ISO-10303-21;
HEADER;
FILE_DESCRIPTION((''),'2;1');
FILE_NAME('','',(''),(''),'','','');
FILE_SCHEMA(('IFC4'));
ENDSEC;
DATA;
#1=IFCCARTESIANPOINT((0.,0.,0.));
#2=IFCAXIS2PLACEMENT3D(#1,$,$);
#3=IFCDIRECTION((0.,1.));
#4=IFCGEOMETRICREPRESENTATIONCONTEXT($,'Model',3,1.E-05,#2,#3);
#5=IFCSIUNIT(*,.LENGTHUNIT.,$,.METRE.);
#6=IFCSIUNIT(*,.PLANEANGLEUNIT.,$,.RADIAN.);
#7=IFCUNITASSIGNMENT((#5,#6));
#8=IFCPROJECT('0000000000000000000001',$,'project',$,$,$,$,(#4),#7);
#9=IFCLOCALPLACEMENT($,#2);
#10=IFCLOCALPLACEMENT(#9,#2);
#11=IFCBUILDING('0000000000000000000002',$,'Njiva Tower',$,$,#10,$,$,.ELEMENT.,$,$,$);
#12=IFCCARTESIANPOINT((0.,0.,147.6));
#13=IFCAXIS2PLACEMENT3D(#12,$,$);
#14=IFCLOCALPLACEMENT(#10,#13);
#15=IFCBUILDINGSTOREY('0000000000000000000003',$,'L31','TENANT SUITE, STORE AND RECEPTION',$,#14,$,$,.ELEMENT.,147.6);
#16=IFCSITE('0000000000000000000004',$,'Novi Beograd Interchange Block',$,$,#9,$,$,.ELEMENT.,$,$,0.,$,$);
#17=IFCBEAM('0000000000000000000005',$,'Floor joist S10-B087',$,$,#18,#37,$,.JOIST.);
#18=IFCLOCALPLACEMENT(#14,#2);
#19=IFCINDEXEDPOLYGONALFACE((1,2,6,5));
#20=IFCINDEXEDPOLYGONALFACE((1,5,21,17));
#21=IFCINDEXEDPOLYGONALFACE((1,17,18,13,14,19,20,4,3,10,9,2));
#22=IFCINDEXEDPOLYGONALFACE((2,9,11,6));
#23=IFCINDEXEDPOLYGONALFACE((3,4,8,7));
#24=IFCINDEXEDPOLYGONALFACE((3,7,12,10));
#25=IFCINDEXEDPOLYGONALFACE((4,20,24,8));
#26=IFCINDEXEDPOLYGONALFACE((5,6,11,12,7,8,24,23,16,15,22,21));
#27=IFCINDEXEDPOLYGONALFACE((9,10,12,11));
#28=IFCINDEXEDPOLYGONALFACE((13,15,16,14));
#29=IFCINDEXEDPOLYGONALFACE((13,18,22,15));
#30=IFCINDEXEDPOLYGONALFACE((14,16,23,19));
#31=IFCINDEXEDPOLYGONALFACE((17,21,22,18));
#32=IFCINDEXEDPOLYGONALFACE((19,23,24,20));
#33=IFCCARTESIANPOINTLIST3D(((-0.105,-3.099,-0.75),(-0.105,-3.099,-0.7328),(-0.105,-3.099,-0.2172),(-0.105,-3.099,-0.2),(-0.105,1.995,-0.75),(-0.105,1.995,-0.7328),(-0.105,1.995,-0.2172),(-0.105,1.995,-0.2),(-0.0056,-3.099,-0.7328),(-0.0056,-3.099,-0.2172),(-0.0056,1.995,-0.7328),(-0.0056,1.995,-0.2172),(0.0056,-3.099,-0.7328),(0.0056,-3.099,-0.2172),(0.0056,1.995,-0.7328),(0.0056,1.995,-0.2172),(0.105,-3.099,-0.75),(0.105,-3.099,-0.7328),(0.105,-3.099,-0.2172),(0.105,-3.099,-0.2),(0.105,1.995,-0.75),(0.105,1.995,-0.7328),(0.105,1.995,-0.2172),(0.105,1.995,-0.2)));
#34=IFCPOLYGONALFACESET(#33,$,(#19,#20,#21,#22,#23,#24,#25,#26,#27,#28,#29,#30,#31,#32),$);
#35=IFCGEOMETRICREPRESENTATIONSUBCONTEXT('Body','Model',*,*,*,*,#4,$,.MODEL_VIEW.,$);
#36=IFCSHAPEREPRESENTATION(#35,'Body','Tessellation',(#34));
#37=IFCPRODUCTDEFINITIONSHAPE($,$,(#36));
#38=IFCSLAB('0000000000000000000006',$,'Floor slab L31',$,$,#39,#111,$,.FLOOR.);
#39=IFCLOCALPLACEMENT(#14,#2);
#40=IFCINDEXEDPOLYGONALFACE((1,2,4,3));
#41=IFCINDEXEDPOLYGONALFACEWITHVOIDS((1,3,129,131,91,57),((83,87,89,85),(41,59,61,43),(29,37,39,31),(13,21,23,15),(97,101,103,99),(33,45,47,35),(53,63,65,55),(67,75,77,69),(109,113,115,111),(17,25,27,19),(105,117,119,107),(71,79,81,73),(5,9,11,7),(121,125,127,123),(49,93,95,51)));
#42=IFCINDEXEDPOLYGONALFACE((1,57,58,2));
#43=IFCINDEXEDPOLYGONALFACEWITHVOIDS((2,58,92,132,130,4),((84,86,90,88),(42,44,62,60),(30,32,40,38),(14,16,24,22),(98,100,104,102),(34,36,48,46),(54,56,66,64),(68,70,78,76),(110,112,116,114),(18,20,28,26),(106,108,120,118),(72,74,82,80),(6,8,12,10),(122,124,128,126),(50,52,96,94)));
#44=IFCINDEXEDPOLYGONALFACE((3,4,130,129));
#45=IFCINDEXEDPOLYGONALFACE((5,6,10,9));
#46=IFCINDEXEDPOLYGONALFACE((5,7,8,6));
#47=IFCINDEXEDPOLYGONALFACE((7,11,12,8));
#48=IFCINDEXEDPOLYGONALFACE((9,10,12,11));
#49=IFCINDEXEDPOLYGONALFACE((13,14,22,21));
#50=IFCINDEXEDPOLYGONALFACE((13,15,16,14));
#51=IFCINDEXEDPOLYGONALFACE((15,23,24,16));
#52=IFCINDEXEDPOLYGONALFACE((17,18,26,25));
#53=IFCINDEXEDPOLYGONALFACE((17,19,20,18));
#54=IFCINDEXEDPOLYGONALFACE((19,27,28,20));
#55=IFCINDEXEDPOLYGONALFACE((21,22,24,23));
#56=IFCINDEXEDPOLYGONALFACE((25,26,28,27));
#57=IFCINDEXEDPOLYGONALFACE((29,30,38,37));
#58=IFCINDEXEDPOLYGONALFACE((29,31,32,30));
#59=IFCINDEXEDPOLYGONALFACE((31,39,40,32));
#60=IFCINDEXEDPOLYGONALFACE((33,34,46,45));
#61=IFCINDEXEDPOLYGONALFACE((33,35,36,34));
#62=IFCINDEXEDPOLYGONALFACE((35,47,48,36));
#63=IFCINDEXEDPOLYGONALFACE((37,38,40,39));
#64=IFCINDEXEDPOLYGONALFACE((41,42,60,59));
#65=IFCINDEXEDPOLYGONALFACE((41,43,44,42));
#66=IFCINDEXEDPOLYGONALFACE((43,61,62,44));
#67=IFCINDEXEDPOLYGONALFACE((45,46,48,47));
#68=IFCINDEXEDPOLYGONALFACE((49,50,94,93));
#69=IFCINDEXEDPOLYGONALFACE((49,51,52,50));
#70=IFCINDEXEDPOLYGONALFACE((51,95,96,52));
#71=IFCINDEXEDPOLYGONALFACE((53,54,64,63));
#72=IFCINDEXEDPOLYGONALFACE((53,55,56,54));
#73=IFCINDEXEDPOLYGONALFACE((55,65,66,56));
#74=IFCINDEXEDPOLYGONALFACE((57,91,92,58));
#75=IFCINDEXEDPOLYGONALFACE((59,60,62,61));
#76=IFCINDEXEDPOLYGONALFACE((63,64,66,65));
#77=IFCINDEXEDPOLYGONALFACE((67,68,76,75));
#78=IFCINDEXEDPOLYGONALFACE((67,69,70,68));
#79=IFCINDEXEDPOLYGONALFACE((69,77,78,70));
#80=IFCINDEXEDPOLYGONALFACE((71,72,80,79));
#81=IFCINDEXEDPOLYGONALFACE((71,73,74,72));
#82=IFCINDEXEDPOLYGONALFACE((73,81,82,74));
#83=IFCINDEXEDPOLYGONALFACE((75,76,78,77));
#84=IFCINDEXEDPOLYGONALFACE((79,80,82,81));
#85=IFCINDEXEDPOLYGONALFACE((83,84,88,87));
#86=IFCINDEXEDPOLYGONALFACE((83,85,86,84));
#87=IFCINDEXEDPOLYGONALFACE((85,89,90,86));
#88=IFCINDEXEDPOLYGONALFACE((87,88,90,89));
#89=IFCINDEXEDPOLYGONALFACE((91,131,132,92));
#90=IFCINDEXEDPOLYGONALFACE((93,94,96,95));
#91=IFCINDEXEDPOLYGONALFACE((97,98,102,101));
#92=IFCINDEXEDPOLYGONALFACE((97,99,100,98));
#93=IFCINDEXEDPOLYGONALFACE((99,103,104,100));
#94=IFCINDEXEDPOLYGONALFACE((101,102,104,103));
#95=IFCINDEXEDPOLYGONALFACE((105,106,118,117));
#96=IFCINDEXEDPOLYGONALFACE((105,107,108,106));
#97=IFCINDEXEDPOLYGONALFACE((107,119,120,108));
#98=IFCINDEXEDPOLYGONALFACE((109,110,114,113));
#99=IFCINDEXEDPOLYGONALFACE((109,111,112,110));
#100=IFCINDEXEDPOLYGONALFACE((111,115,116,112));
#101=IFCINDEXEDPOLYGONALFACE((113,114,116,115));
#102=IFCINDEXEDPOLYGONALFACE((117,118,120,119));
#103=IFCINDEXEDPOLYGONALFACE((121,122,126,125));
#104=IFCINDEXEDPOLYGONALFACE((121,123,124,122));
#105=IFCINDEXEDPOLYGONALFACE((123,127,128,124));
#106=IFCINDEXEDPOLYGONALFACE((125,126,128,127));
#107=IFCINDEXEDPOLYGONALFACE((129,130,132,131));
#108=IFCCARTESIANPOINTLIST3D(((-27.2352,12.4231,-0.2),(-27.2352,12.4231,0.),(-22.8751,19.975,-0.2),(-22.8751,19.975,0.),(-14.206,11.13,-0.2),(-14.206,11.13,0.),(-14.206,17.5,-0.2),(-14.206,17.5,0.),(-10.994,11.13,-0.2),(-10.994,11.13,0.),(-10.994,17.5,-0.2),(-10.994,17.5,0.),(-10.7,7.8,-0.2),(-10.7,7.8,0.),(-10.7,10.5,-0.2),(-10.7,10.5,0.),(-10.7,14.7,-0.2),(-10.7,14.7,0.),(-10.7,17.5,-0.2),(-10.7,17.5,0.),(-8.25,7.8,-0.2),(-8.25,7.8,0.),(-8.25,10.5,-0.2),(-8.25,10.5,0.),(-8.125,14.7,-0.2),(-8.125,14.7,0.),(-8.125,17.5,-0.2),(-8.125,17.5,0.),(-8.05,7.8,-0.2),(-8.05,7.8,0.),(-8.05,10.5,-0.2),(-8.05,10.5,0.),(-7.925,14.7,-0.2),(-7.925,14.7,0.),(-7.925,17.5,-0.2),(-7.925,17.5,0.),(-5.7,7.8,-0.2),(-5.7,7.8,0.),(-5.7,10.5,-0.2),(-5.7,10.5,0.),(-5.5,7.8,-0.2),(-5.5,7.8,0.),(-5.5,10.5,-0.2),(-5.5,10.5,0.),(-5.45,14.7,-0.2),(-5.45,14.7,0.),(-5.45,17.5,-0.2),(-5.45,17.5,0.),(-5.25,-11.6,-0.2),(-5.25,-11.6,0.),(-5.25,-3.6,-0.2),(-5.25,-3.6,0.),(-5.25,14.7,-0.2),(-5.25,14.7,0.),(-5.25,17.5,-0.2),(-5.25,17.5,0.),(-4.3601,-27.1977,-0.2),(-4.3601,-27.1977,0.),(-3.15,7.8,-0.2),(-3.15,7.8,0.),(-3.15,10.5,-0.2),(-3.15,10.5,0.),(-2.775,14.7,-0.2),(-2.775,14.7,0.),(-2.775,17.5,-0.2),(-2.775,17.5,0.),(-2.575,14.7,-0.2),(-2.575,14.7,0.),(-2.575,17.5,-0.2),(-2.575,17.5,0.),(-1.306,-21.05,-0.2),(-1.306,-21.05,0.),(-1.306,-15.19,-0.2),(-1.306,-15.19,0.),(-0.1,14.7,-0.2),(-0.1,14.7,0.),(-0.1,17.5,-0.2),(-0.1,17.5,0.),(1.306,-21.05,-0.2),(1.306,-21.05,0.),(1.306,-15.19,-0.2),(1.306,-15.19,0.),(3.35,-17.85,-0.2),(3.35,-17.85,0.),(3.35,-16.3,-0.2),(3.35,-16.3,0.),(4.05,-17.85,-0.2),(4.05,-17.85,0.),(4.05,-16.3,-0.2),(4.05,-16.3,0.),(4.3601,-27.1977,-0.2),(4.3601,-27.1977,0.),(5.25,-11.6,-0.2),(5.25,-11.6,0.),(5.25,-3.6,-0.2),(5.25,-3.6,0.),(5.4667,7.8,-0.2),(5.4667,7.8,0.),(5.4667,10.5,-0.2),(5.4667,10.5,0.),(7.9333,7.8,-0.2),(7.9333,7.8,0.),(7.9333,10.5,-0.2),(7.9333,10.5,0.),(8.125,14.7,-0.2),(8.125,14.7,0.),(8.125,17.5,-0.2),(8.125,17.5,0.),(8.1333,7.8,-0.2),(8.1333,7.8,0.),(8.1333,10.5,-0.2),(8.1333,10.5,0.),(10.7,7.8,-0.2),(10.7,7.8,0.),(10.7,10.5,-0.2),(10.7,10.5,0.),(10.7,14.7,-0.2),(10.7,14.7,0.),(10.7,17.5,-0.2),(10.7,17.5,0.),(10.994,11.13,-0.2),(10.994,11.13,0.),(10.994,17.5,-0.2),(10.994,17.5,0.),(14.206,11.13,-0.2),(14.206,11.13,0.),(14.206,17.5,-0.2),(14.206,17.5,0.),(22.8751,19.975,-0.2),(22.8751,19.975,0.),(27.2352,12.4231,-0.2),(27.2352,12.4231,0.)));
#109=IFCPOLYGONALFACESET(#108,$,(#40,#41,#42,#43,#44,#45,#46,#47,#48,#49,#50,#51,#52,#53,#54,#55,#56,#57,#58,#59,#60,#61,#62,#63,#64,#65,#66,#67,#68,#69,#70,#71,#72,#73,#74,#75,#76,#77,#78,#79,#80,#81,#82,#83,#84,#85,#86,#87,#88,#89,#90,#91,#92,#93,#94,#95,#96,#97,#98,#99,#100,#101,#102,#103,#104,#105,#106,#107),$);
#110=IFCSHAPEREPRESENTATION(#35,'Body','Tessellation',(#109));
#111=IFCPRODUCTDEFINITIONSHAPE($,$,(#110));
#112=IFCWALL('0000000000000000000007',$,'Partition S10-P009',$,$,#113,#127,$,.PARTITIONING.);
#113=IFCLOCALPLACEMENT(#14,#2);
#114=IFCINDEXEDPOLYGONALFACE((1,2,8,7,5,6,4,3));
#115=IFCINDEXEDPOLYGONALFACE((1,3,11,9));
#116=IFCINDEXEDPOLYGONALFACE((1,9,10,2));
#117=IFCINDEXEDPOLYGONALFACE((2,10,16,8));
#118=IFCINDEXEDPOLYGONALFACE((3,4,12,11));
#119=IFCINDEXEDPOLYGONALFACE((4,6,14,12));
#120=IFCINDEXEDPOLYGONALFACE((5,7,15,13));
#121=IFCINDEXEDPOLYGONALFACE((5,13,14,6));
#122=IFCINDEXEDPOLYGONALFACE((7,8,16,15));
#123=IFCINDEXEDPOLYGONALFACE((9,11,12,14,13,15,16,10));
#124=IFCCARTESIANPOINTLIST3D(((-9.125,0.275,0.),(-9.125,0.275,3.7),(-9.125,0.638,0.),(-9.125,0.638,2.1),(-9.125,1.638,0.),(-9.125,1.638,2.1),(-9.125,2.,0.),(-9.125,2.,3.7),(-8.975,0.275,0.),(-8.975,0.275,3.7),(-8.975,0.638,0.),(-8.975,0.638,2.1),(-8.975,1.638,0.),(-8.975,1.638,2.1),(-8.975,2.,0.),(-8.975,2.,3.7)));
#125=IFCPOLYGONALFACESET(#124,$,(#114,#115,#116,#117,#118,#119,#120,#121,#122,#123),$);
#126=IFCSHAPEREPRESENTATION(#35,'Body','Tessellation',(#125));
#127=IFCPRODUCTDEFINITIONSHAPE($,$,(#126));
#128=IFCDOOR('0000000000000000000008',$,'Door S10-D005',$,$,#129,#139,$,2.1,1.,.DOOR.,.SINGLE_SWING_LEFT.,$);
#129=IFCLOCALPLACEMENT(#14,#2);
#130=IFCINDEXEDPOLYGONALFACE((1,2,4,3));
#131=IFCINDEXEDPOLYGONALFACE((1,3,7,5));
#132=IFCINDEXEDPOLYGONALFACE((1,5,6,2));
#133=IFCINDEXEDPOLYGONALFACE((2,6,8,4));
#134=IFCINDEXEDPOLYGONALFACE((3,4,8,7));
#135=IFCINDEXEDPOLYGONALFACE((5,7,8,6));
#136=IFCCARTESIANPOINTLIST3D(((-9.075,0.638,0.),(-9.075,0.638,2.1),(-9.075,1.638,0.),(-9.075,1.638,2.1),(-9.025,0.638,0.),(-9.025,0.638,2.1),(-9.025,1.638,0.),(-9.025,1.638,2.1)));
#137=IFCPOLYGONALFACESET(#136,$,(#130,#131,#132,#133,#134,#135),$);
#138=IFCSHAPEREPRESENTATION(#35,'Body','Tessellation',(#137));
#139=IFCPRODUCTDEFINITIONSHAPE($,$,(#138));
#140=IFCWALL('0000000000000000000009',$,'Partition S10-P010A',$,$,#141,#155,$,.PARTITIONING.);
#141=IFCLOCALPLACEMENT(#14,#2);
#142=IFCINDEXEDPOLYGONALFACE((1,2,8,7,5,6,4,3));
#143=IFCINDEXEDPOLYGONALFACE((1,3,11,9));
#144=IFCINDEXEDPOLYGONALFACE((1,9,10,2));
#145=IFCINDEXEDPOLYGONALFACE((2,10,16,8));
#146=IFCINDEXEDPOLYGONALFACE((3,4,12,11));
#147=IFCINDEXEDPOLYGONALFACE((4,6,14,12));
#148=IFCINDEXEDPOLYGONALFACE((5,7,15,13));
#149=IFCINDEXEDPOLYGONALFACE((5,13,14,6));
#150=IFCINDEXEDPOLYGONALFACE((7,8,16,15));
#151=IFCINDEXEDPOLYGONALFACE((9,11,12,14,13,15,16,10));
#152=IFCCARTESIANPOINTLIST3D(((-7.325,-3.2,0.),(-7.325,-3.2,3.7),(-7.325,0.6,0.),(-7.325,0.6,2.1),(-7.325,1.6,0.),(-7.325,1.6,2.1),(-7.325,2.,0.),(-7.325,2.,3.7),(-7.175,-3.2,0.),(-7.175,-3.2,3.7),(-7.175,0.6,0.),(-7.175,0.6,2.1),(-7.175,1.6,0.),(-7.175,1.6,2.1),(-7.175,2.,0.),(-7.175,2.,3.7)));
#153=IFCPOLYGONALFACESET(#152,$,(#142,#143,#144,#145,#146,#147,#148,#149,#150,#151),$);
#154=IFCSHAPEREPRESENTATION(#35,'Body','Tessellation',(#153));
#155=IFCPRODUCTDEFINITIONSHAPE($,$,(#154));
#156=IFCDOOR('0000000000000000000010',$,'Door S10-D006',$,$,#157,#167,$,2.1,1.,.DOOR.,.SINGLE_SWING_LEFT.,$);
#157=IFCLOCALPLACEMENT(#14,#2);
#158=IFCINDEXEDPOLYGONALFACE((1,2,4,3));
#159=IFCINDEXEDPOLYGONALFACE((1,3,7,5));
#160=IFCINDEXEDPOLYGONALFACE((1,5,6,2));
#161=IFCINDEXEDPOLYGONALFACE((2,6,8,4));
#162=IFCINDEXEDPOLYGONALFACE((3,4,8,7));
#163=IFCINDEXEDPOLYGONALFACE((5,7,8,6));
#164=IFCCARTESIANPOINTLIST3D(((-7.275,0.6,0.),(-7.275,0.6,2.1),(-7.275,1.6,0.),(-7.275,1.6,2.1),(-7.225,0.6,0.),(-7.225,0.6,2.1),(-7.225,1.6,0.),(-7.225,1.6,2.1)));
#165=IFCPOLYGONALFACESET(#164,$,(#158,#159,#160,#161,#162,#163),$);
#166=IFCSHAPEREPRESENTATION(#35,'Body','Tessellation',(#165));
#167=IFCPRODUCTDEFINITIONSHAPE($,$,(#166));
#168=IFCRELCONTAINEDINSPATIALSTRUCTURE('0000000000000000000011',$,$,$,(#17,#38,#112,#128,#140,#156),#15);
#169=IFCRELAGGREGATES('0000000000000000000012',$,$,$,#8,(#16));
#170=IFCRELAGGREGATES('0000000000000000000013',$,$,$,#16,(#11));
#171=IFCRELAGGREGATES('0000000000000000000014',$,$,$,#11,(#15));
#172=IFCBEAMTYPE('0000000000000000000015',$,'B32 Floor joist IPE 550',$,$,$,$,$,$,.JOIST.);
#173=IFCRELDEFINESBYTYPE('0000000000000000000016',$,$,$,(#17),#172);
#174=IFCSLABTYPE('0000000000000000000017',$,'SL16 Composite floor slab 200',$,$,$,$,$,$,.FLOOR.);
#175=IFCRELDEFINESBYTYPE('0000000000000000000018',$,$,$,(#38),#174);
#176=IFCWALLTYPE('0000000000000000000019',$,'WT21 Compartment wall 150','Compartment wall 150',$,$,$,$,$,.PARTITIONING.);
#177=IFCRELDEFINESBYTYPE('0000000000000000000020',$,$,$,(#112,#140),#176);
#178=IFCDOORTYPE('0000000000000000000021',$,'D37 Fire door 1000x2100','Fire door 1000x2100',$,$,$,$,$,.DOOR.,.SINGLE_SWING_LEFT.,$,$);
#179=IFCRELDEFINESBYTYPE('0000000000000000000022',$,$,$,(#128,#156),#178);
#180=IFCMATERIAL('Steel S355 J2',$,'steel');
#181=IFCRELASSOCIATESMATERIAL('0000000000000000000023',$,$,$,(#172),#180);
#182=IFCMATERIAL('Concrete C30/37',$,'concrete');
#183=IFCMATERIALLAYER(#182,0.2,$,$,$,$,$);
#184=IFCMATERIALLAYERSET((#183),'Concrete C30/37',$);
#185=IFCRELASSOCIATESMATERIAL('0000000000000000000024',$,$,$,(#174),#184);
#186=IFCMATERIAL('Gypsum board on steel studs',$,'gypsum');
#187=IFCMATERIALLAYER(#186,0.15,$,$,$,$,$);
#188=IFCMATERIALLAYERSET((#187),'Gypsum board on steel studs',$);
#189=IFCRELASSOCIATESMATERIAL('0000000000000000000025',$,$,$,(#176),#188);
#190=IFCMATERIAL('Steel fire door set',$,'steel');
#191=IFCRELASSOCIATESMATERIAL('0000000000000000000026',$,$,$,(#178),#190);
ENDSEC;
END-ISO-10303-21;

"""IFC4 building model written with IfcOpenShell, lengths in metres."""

from ifc_helpers import new_model, si_unit, direction, frame, frame_2d, origin, origin_2d, place, context, subcontext, project, spatial, polyline, rectangle, i_section, outline, extrude, material, layer, layer_set, material_profile, profile_set, type_object, element, fill, save


model = new_model("IFC4")

# Units and contexts
model_context = context("Model", 3, precision=1e-05, world=origin(), true_north=direction((0.0, 1.0)))
body_context = subcontext(model_context, "Body", "Model", "MODEL_VIEW")
ifc_project = project(units=[si_unit("LENGTHUNIT", "METRE"), si_unit("PLANEANGLEUNIT", "RADIAN")], contexts=[model_context])

# Site, building, storey
site_placement = place(None, origin())
site = spatial("IfcSite", under=ifc_project, at=site_placement, Name="Novi Beograd Interchange Block", CompositionType="ELEMENT", RefElevation=0.0)
building_placement = place(site_placement, origin())
building = spatial("IfcBuilding", under=site, at=building_placement, Name="Njiva Tower", CompositionType="ELEMENT")
storey_placement = place(building_placement, frame((0.0, 0.0, 147.6)))
storey = spatial("IfcBuildingStorey", under=building, at=storey_placement, Name="L31", Description="TENANT SUITE, STORE AND RECEPTION", CompositionType="ELEMENT", Elevation=147.6)

# Shared definitions
ifc_material_1 = material(Name="Steel S355 J2", Category="steel")

# Beam
ifc_material_profile_1 = material_profile(ifc_material_1, i_section(OverallWidth=0.21, OverallDepth=0.55, WebThickness=0.0111, FlangeThickness=0.0172, at=origin_2d()), Name="IPE 550")
ifc_profile_set_1 = profile_set([ifc_material_profile_1], Name="Steel S355 J2")
beam_type_1 = type_object("IfcBeamType", Name="B32 Floor joist IPE 550", PredefinedType="JOIST", material=ifc_profile_set_1)
for number, where, z_axis, x_axis, name in (
    (1, (0.0, 1.995, -0.475), (0.0, -1.0, 0.0), (1.0, 0.0, 0.0), "Floor joist S10-B087"),
):
    element("IfcBeam", number, at=place(storey_placement, frame(where, z_axis=z_axis, x_axis=x_axis)), inside=storey, type_object=beam_type_1, Name=name, PredefinedType="JOIST", context=body_context, shape_type="SweptSolid", body=[
        extrude(i_section(OverallWidth=0.21, OverallDepth=0.55, WebThickness=0.0111, FlangeThickness=0.0172, at=origin_2d()), origin(), (0.0, 0.0, 1.0), 5.094),
    ])

# Slab
ifc_material_2 = material(Name="Concrete C30/37", Category="concrete")
ifc_layer_1 = layer(ifc_material_2, 0.2)
ifc_layer_set_1 = layer_set([ifc_layer_1], Name="Concrete C30/37")
slab_type = type_object("IfcSlabType", Name="SL16 Composite floor slab 200", PredefinedType="FLOOR", material=ifc_layer_set_1)
slab_placement = place(storey_placement, frame((0.0, 0.0, -0.2)))
element("IfcSlab", 2, at=slab_placement, inside=storey, type_object=slab_type, Name="Floor slab L31", PredefinedType="FLOOR", context=body_context, shape_type="SweptSolid", body=[
    extrude(outline(polyline([(27.2352, 12.4231), (4.3601, -27.1977), (-4.3601, -27.1977), (-27.2352, 12.4231), (-22.8751, 19.975), (22.8751, 19.975), (27.2352, 12.4231)]), holes=[polyline([(10.994, 11.13), (14.206, 11.13), (14.206, 17.5), (10.994, 17.5), (10.994, 11.13)]), polyline([(8.125, 14.7), (10.7, 14.7), (10.7, 17.5), (8.125, 17.5), (8.125, 14.7)]), polyline([(8.1333, 7.8), (10.7, 7.8), (10.7, 10.5), (8.1333, 10.5), (8.1333, 7.8)]), polyline([(5.4667, 7.8), (7.9333, 7.8), (7.9333, 10.5), (5.4667, 10.5), (5.4667, 7.8)]), polyline([(5.25, -11.6), (5.25, -3.6), (-5.25, -3.6), (-5.25, -11.6), (5.25, -11.6)]), polyline([(3.35, -17.85), (4.05, -17.85), (4.05, -16.3), (3.35, -16.3), (3.35, -17.85)]), polyline([(-1.306, -21.05), (1.306, -21.05), (1.306, -15.19), (-1.306, -15.19), (-1.306, -21.05)]), polyline([(-2.575, 14.7), (-0.1, 14.7), (-0.1, 17.5), (-2.575, 17.5), (-2.575, 14.7)]), polyline([(-5.25, 14.7), (-2.775, 14.7), (-2.775, 17.5), (-5.25, 17.5), (-5.25, 14.7)]), polyline([(-5.5, 7.8), (-3.15, 7.8), (-3.15, 10.5), (-5.5, 10.5), (-5.5, 7.8)]), polyline([(-7.925, 14.7), (-5.45, 14.7), (-5.45, 17.5), (-7.925, 17.5), (-7.925, 14.7)]), polyline([(-8.05, 7.8), (-5.7, 7.8), (-5.7, 10.5), (-8.05, 10.5), (-8.05, 7.8)]), polyline([(-10.7, 14.7), (-8.125, 14.7), (-8.125, 17.5), (-10.7, 17.5), (-10.7, 14.7)]), polyline([(-8.25, 7.8), (-8.25, 10.5), (-10.7, 10.5), (-10.7, 7.8), (-8.25, 7.8)]), polyline([(-14.206, 11.13), (-10.994, 11.13), (-10.994, 17.5), (-14.206, 17.5), (-14.206, 11.13)])]), origin(), (0.0, 0.0, 1.0), 0.2),
])

# Walls, openings, doors
ifc_material_3 = material(Name="Gypsum board on steel studs", Category="gypsum")
ifc_layer_2 = layer(ifc_material_3, 0.15)
ifc_layer_set_2 = layer_set([ifc_layer_2], Name="Gypsum board on steel studs")
wall_type = type_object("IfcWallType", Name="WT21 Compartment wall 150", Description="Compartment wall 150", PredefinedType="PARTITIONING", material=ifc_layer_set_2)
wall_1_placement = place(storey_placement, frame((-9.05, 0.275, 0.0), z_axis=(0.0, 0.0, 1.0), x_axis=(0.0, 1.0, 0.0)))
wall_1 = element("IfcWall", 3, at=wall_1_placement, inside=storey, type_object=wall_type, Name="Partition S10-P009", PredefinedType="PARTITIONING", context=body_context, shape_type="SweptSolid", body=[
    extrude(rectangle(XDim=1.725, YDim=0.15, at=frame_2d((0.8625, 0.0))), origin(), (0.0, 0.0, 1.0), 3.7),
])
opening_1_placement = place(wall_1_placement, frame((0.363, 0.0, 0.0)))
opening_1 = element("IfcOpeningElement", 4, at=opening_1_placement, cuts=wall_1, PredefinedType="OPENING", context=body_context, shape_type="SweptSolid", body=[
    extrude(rectangle(XDim=1.0, YDim=2.1, at=frame_2d((0.5, 1.05))), frame((0.0, 0.085, 0.0), z_axis=(0.0, -1.0, 0.0), x_axis=(1.0, 0.0, 0.0)), (0.0, 0.0, 1.0), 0.17),
])
ifc_material_4 = material(Name="Steel fire door set", Category="steel")
door_type_1 = type_object("IfcDoorType", Name="D37 Fire door 1000x2100", Description="Fire door 1000x2100", OperationType="SINGLE_SWING_LEFT", PredefinedType="DOOR", material=ifc_material_4)
door_1_placement = place(opening_1_placement, origin())
door_1 = element("IfcDoor", 5, at=door_1_placement, inside=storey, type_object=door_type_1, Name="Door S10-D005", OperationType="SINGLE_SWING_LEFT", OverallHeight=2.1, OverallWidth=1.0, PredefinedType="DOOR", context=body_context, shape_type="SweptSolid", body=[
    extrude(rectangle(XDim=1.0, YDim=2.1, at=frame_2d((0.5, 1.05))), frame((0.0, 0.025, 0.0), z_axis=(0.0, -1.0, 0.0), x_axis=(1.0, 0.0, 0.0)), (0.0, 0.0, 1.0), 0.05),
])
fill(opening_1, door_1)
wall_2_placement = place(storey_placement, frame((-7.25, -3.2, 0.0), z_axis=(0.0, 0.0, 1.0), x_axis=(0.0, 1.0, 0.0)))
wall_2 = element("IfcWall", 6, at=wall_2_placement, inside=storey, type_object=wall_type, Name="Partition S10-P010A", PredefinedType="PARTITIONING", context=body_context, shape_type="SweptSolid", body=[
    extrude(rectangle(XDim=5.2, YDim=0.15, at=frame_2d((2.6, 0.0))), origin(), (0.0, 0.0, 1.0), 3.7),
])
opening_2_placement = place(wall_2_placement, frame((3.8, 0.0, 0.0)))
opening_2 = element("IfcOpeningElement", 7, at=opening_2_placement, cuts=wall_2, PredefinedType="OPENING", context=body_context, shape_type="SweptSolid", body=[
    extrude(rectangle(XDim=1.0, YDim=2.1, at=frame_2d((0.5, 1.05))), frame((0.0, 0.085, 0.0), z_axis=(0.0, -1.0, 0.0), x_axis=(1.0, 0.0, 0.0)), (0.0, 0.0, 1.0), 0.17),
])
door_2_placement = place(opening_2_placement, origin())
door_2 = element("IfcDoor", 8, at=door_2_placement, inside=storey, type_object=door_type_1, Name="Door S10-D006", OperationType="SINGLE_SWING_LEFT", OverallHeight=2.1, OverallWidth=1.0, PredefinedType="DOOR", context=body_context, shape_type="SweptSolid", body=[
    extrude(rectangle(XDim=1.0, YDim=2.1, at=frame_2d((0.5, 1.05))), frame((0.0, 0.025, 0.0), z_axis=(0.0, -1.0, 0.0), x_axis=(1.0, 0.0, 0.0)), (0.0, 0.0, 1.0), 0.05),
])
fill(opening_2, door_2)

save(model, "model.ifc")
